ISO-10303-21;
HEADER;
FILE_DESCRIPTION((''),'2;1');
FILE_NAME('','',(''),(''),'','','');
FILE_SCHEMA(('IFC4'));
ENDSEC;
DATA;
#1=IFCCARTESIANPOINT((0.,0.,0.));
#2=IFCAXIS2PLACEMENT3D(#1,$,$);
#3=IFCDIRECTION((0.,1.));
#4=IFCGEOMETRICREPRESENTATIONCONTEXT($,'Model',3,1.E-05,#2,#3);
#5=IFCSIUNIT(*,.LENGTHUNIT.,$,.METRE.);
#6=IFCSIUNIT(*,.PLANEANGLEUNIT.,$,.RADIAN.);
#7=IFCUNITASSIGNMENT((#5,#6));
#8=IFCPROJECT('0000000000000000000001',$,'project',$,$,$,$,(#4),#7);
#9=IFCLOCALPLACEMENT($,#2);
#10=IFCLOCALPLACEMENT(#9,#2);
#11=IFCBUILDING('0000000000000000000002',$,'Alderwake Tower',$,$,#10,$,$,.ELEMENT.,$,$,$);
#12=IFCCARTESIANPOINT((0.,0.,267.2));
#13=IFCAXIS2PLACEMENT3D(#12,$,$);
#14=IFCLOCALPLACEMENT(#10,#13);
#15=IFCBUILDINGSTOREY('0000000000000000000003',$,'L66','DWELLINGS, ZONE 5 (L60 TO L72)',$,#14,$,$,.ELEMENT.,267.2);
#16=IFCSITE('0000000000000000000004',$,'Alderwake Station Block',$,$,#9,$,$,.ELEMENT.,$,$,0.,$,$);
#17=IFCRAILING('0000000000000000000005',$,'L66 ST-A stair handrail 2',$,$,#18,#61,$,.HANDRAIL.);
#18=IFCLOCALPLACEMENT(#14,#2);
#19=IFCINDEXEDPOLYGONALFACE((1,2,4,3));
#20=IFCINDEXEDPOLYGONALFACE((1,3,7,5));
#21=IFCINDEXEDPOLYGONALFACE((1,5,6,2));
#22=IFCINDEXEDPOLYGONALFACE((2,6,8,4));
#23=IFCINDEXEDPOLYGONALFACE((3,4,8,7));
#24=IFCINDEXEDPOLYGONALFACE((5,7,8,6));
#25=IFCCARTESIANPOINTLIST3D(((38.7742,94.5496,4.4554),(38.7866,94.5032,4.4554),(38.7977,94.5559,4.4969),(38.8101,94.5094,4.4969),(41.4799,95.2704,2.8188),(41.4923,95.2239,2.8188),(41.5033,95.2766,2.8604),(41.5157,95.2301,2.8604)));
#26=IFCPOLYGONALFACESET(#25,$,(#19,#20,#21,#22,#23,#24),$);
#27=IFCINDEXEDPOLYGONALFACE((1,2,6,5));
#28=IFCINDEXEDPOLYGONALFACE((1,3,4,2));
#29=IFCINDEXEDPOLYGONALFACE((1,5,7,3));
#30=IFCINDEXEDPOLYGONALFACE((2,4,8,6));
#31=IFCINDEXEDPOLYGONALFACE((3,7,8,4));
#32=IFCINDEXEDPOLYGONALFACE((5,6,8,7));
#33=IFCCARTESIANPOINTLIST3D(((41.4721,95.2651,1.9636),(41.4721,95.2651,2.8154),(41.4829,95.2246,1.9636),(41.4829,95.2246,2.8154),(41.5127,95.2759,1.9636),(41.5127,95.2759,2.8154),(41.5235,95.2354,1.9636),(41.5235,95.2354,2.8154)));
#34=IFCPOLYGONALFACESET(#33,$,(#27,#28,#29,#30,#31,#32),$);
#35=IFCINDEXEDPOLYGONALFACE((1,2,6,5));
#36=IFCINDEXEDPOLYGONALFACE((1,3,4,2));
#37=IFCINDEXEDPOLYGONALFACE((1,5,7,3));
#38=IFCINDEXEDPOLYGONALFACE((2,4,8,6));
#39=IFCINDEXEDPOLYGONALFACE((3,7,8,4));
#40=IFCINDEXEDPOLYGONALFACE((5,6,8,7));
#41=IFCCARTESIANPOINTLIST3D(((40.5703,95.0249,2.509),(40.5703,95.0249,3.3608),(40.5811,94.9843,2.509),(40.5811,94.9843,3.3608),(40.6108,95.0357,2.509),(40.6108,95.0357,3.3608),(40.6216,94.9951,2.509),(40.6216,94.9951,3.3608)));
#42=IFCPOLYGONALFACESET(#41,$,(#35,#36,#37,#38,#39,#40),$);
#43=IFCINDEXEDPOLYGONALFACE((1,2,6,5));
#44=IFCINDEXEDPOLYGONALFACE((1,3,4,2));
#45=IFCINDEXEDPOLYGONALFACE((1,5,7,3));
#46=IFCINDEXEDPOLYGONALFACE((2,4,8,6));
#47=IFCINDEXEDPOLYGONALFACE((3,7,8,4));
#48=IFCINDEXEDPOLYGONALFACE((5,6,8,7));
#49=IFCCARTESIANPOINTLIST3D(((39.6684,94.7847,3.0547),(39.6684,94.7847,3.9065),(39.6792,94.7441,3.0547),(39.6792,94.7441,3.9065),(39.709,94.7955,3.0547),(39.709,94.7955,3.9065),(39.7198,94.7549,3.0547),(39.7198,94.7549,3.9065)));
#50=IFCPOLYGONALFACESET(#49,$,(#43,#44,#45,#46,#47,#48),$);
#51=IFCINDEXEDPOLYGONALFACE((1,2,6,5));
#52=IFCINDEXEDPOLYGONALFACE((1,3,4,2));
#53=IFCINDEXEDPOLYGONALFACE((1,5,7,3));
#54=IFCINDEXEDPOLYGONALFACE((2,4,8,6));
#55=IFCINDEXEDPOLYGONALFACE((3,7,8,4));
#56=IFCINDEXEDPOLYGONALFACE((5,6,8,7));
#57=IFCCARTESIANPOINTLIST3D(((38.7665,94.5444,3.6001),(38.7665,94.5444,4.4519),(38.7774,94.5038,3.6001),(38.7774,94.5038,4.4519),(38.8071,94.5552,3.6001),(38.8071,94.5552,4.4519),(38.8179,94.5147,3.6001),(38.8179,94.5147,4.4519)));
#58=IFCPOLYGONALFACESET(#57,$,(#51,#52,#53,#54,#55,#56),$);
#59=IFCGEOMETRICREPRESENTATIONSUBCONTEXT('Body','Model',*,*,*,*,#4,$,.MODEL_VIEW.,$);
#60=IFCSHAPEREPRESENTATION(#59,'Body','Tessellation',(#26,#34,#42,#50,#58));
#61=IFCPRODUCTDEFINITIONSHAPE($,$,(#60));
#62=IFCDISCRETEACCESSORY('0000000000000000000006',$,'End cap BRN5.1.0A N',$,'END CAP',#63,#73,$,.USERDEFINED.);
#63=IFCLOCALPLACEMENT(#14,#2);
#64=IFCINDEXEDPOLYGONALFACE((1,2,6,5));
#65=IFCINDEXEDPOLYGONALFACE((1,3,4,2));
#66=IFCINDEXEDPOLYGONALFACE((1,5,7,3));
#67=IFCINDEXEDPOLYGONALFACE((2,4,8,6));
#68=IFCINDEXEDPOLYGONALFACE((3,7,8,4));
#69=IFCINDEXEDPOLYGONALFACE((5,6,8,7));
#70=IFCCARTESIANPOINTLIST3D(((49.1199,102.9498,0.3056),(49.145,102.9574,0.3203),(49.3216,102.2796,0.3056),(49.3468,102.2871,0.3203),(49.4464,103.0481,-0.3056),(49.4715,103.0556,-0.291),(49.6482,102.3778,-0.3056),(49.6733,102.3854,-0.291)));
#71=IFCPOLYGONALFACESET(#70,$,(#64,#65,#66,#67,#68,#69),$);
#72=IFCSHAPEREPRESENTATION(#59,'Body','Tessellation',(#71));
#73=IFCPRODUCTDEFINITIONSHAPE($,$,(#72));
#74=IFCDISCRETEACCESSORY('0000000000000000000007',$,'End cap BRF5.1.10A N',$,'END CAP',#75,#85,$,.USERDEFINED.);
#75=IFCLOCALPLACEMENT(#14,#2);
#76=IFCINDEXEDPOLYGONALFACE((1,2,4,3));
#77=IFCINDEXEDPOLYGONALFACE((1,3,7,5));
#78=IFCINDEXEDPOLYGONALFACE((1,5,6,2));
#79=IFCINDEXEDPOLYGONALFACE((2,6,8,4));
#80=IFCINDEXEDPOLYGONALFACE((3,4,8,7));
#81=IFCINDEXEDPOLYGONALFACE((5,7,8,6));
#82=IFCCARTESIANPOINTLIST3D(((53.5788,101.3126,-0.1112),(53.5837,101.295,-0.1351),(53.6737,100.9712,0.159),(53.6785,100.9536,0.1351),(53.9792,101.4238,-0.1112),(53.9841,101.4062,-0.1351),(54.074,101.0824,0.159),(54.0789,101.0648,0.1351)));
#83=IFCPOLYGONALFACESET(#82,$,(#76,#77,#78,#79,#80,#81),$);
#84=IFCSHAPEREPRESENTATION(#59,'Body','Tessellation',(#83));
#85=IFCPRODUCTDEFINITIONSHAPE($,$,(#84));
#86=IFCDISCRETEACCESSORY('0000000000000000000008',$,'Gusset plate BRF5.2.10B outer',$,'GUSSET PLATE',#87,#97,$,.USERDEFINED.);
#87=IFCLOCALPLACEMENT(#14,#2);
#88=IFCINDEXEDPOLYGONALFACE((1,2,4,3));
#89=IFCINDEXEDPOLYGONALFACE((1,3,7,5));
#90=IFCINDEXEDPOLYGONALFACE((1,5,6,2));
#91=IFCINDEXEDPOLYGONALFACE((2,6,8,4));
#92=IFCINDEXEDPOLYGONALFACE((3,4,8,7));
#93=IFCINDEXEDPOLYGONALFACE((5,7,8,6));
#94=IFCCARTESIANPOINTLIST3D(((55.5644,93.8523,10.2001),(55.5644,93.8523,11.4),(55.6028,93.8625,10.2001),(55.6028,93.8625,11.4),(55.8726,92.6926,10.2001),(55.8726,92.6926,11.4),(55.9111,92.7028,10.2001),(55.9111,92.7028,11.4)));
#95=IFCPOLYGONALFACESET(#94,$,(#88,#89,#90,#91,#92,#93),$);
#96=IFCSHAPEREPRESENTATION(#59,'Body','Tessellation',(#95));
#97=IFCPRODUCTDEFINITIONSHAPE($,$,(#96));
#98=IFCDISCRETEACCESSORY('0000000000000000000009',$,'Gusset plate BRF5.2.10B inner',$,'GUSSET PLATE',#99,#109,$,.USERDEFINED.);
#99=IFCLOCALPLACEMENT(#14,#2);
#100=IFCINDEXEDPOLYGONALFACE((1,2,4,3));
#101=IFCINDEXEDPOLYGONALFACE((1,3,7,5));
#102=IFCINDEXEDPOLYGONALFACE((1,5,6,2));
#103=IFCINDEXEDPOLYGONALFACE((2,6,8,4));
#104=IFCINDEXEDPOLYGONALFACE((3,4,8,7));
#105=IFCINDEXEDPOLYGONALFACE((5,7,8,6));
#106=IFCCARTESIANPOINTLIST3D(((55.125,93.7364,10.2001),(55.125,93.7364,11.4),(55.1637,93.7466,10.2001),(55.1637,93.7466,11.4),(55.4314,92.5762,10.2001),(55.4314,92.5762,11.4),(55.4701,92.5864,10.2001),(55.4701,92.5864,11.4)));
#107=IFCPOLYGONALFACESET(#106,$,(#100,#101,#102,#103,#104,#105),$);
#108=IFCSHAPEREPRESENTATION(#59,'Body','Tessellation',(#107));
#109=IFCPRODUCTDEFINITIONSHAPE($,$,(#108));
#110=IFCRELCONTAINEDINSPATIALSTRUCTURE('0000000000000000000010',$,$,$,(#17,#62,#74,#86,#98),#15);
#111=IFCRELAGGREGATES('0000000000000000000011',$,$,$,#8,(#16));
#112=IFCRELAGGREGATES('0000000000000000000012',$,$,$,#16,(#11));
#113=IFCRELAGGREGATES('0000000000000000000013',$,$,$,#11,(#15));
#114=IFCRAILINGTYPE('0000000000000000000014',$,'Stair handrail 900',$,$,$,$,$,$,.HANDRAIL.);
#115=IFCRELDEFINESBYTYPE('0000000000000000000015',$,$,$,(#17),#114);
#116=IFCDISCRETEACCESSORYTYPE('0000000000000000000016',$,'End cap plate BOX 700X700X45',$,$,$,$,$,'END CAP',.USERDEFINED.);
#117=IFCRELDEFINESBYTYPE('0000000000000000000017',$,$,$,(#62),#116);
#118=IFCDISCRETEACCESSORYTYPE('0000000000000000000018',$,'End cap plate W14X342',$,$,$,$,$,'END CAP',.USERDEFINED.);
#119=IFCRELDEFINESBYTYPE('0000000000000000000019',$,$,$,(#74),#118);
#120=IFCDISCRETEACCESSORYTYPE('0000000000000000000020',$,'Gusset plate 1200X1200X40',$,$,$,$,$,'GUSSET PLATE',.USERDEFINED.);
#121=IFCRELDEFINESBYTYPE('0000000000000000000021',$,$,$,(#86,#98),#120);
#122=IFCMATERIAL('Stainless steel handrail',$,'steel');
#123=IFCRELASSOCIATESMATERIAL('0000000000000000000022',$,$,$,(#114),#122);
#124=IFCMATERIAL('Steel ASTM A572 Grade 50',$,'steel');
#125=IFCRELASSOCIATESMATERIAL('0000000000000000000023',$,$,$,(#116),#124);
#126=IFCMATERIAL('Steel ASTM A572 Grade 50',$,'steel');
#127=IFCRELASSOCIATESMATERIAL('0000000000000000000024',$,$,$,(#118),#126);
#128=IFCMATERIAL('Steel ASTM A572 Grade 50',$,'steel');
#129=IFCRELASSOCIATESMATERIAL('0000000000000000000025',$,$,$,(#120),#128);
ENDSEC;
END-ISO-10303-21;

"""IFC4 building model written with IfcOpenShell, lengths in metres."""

from ifc_helpers import new_model, si_unit, direction, frame, origin, origin_2d, place, context, subcontext, project, spatial, rectangle, extrude, material, material_profile, profile_set, type_object, element, save


model = new_model("IFC4")

# Units and contexts
model_context = context("Model", 3, precision=1e-05, world=origin(), true_north=direction((0.0, 1.0)))
body_context = subcontext(model_context, "Body", "Model", "MODEL_VIEW")
ifc_project = project(units=[si_unit("LENGTHUNIT", "METRE"), si_unit("PLANEANGLEUNIT", "RADIAN")], contexts=[model_context])

# Site, building, storey
site_placement = place(None, origin())
site = spatial("IfcSite", under=ifc_project, at=site_placement, Name="Alderwake Station Block", CompositionType="ELEMENT", RefElevation=0.0)
building_placement = place(site_placement, origin())
building = spatial("IfcBuilding", under=site, at=building_placement, Name="Alderwake Tower", CompositionType="ELEMENT")
storey_placement = place(building_placement, frame((0.0, 0.0, 267.2)))
storey = spatial("IfcBuildingStorey", under=building, at=storey_placement, Name="L66", Description="DWELLINGS, ZONE 5 (L60 TO L72)", CompositionType="ELEMENT", Elevation=267.2)

# Railing
ifc_material_1 = material(Name="Stainless steel handrail", Category="steel")
railing_type_1 = type_object("IfcRailingType", Name="Stair handrail 900", PredefinedType="HANDRAIL", material=ifc_material_1)
railing_1_placement = place(storey_placement, frame((41.4978, 95.2502, 1.9636)))
element("IfcRailing", 1, at=railing_1_placement, inside=storey, type_object=railing_type_1, Name="L66 ST-A stair handrail 2", PredefinedType="HANDRAIL", context=body_context, shape_type="SweptSolid", body=[
    extrude(rectangle(XDim=0.0481, YDim=0.0481, at=origin_2d()), frame((0.0, 0.0, 0.876), z_axis=(-0.834259, -0.222228, 0.504605), x_axis=(0.257402, -0.966304, 0.0)), (0.0, 0.0, 1.0), 3.2432),
    extrude(rectangle(XDim=0.042, YDim=0.042, at=origin_2d()), frame((0.0, 0.0, 0.0), z_axis=(0.0, 0.0, 1.0), x_axis=(-0.966304, -0.257402, 0.0)), (0.0, 0.0, 1.0), 0.8518),
    extrude(rectangle(XDim=0.042, YDim=0.042, at=origin_2d()), frame((-0.9019, -0.2402, 0.5454), z_axis=(0.0, 0.0, 1.0), x_axis=(-0.966304, -0.257402, 0.0)), (0.0, 0.0, 1.0), 0.8518),
    extrude(rectangle(XDim=0.042, YDim=0.042, at=origin_2d()), frame((-1.8037, -0.4805, 1.0911), z_axis=(0.0, 0.0, 1.0), x_axis=(-0.966304, -0.257402, 0.0)), (0.0, 0.0, 1.0), 0.8518),
    extrude(rectangle(XDim=0.042, YDim=0.042, at=origin_2d()), frame((-2.7056, -0.7207, 1.6365), z_axis=(0.0, 0.0, 1.0), x_axis=(-0.966304, -0.257402, 0.0)), (0.0, 0.0, 1.0), 0.8518),
])

# Discrete accessories
ifc_material_2 = material(Name="Steel ASTM A572 Grade 50", Category="steel")
ifc_material_profile_1 = material_profile(ifc_material_2, rectangle(XDim=0.7, YDim=0.7, at=origin_2d()), Name="BOX 700X700X45 cap")
ifc_profile_set_1 = profile_set([ifc_material_profile_1], Name="Steel ASTM A572 Grade 50")
discrete_accessory_type_1 = type_object("IfcDiscreteAccessoryType", Name="End cap plate BOX 700X700X45", ElementType="END CAP", PredefinedType="USERDEFINED", material=ifc_profile_set_1)
discrete_accessory_1_placement = place(storey_placement, frame((49.384, 102.6638, 0.0), z_axis=(0.836266, 0.251692, 0.487145), x_axis=(-0.288201, 0.95757, 0.0)))
element("IfcDiscreteAccessory", 2, at=discrete_accessory_1_placement, inside=storey, type_object=discrete_accessory_type_1, Name="End cap BRN5.1.0A N", ObjectType="END CAP", PredefinedType="USERDEFINED", context=body_context, shape_type="SweptSolid", body=[
    extrude(rectangle(XDim=0.7, YDim=0.7, at=origin_2d()), origin(), (0.0, 0.0, 1.0), 0.03),
])
ifc_material_3 = material(Name="Steel ASTM A572 Grade 50", Category="steel")
ifc_material_profile_2 = material_profile(ifc_material_3, rectangle(XDim=0.4155, YDim=0.4456, at=origin_2d()), Name="W14X342 cap")
ifc_profile_set_2 = profile_set([ifc_material_profile_2], Name="Steel ASTM A572 Grade 50")
discrete_accessory_type_2 = type_object("IfcDiscreteAccessoryType", Name="End cap plate W14X342", ElementType="END CAP", PredefinedType="USERDEFINED", material=ifc_profile_set_2)
discrete_accessory_2_placement = place(storey_placement, frame((53.8313, 101.1799, 0.0), z_axis=(-0.162285, 0.584228, 0.795199), x_axis=(-0.963518, -0.267644, 0.0)))
element("IfcDiscreteAccessory", 3, at=discrete_accessory_2_placement, inside=storey, type_object=discrete_accessory_type_2, Name="End cap BRF5.1.10A N", ObjectType="END CAP", PredefinedType="USERDEFINED", context=body_context, shape_type="SweptSolid", body=[
    extrude(rectangle(XDim=0.4155, YDim=0.4456, at=origin_2d()), origin(), (0.0, 0.0, 1.0), 0.03),
])
ifc_material_4 = material(Name="Steel ASTM A572 Grade 50", Category="steel")
ifc_material_profile_3 = material_profile(ifc_material_4, rectangle(XDim=1.2, YDim=1.2, at=origin_2d()), Name="gusset 1200X1200")
ifc_profile_set_3 = profile_set([ifc_material_profile_3], Name="Steel ASTM A572 Grade 50")
discrete_accessory_type_3 = type_object("IfcDiscreteAccessoryType", Name="Gusset plate 1200X1200X40", ElementType="GUSSET PLATE", PredefinedType="USERDEFINED", material=ifc_profile_set_3)
discrete_accessory_3_placement = place(storey_placement, frame((55.7185, 93.2725, 10.8), z_axis=(0.966438, 0.256901, 0.0), x_axis=(-0.256901, 0.966438, 0.0)))
element("IfcDiscreteAccessory", 4, at=discrete_accessory_3_placement, inside=storey, type_object=discrete_accessory_type_3, Name="Gusset plate BRF5.2.10B outer", ObjectType="GUSSET PLATE", PredefinedType="USERDEFINED", context=body_context, shape_type="SweptSolid", body=[
    extrude(rectangle(XDim=1.2, YDim=1.2, at=origin_2d()), origin(), (0.0, 0.0, 1.0), 0.0398),
])
discrete_accessory_4_placement = place(storey_placement, frame((55.3169, 93.1665, 10.8), z_axis=(-0.966838, -0.255391, 0.0), x_axis=(0.255391, -0.966838, 0.0)))
element("IfcDiscreteAccessory", 5, at=discrete_accessory_4_placement, inside=storey, type_object=discrete_accessory_type_3, Name="Gusset plate BRF5.2.10B inner", ObjectType="GUSSET PLATE", PredefinedType="USERDEFINED", context=body_context, shape_type="SweptSolid", body=[
    extrude(rectangle(XDim=1.2, YDim=1.2, at=origin_2d()), origin(), (0.0, 0.0, 1.0), 0.04),
])

save(model, "model.ifc")
